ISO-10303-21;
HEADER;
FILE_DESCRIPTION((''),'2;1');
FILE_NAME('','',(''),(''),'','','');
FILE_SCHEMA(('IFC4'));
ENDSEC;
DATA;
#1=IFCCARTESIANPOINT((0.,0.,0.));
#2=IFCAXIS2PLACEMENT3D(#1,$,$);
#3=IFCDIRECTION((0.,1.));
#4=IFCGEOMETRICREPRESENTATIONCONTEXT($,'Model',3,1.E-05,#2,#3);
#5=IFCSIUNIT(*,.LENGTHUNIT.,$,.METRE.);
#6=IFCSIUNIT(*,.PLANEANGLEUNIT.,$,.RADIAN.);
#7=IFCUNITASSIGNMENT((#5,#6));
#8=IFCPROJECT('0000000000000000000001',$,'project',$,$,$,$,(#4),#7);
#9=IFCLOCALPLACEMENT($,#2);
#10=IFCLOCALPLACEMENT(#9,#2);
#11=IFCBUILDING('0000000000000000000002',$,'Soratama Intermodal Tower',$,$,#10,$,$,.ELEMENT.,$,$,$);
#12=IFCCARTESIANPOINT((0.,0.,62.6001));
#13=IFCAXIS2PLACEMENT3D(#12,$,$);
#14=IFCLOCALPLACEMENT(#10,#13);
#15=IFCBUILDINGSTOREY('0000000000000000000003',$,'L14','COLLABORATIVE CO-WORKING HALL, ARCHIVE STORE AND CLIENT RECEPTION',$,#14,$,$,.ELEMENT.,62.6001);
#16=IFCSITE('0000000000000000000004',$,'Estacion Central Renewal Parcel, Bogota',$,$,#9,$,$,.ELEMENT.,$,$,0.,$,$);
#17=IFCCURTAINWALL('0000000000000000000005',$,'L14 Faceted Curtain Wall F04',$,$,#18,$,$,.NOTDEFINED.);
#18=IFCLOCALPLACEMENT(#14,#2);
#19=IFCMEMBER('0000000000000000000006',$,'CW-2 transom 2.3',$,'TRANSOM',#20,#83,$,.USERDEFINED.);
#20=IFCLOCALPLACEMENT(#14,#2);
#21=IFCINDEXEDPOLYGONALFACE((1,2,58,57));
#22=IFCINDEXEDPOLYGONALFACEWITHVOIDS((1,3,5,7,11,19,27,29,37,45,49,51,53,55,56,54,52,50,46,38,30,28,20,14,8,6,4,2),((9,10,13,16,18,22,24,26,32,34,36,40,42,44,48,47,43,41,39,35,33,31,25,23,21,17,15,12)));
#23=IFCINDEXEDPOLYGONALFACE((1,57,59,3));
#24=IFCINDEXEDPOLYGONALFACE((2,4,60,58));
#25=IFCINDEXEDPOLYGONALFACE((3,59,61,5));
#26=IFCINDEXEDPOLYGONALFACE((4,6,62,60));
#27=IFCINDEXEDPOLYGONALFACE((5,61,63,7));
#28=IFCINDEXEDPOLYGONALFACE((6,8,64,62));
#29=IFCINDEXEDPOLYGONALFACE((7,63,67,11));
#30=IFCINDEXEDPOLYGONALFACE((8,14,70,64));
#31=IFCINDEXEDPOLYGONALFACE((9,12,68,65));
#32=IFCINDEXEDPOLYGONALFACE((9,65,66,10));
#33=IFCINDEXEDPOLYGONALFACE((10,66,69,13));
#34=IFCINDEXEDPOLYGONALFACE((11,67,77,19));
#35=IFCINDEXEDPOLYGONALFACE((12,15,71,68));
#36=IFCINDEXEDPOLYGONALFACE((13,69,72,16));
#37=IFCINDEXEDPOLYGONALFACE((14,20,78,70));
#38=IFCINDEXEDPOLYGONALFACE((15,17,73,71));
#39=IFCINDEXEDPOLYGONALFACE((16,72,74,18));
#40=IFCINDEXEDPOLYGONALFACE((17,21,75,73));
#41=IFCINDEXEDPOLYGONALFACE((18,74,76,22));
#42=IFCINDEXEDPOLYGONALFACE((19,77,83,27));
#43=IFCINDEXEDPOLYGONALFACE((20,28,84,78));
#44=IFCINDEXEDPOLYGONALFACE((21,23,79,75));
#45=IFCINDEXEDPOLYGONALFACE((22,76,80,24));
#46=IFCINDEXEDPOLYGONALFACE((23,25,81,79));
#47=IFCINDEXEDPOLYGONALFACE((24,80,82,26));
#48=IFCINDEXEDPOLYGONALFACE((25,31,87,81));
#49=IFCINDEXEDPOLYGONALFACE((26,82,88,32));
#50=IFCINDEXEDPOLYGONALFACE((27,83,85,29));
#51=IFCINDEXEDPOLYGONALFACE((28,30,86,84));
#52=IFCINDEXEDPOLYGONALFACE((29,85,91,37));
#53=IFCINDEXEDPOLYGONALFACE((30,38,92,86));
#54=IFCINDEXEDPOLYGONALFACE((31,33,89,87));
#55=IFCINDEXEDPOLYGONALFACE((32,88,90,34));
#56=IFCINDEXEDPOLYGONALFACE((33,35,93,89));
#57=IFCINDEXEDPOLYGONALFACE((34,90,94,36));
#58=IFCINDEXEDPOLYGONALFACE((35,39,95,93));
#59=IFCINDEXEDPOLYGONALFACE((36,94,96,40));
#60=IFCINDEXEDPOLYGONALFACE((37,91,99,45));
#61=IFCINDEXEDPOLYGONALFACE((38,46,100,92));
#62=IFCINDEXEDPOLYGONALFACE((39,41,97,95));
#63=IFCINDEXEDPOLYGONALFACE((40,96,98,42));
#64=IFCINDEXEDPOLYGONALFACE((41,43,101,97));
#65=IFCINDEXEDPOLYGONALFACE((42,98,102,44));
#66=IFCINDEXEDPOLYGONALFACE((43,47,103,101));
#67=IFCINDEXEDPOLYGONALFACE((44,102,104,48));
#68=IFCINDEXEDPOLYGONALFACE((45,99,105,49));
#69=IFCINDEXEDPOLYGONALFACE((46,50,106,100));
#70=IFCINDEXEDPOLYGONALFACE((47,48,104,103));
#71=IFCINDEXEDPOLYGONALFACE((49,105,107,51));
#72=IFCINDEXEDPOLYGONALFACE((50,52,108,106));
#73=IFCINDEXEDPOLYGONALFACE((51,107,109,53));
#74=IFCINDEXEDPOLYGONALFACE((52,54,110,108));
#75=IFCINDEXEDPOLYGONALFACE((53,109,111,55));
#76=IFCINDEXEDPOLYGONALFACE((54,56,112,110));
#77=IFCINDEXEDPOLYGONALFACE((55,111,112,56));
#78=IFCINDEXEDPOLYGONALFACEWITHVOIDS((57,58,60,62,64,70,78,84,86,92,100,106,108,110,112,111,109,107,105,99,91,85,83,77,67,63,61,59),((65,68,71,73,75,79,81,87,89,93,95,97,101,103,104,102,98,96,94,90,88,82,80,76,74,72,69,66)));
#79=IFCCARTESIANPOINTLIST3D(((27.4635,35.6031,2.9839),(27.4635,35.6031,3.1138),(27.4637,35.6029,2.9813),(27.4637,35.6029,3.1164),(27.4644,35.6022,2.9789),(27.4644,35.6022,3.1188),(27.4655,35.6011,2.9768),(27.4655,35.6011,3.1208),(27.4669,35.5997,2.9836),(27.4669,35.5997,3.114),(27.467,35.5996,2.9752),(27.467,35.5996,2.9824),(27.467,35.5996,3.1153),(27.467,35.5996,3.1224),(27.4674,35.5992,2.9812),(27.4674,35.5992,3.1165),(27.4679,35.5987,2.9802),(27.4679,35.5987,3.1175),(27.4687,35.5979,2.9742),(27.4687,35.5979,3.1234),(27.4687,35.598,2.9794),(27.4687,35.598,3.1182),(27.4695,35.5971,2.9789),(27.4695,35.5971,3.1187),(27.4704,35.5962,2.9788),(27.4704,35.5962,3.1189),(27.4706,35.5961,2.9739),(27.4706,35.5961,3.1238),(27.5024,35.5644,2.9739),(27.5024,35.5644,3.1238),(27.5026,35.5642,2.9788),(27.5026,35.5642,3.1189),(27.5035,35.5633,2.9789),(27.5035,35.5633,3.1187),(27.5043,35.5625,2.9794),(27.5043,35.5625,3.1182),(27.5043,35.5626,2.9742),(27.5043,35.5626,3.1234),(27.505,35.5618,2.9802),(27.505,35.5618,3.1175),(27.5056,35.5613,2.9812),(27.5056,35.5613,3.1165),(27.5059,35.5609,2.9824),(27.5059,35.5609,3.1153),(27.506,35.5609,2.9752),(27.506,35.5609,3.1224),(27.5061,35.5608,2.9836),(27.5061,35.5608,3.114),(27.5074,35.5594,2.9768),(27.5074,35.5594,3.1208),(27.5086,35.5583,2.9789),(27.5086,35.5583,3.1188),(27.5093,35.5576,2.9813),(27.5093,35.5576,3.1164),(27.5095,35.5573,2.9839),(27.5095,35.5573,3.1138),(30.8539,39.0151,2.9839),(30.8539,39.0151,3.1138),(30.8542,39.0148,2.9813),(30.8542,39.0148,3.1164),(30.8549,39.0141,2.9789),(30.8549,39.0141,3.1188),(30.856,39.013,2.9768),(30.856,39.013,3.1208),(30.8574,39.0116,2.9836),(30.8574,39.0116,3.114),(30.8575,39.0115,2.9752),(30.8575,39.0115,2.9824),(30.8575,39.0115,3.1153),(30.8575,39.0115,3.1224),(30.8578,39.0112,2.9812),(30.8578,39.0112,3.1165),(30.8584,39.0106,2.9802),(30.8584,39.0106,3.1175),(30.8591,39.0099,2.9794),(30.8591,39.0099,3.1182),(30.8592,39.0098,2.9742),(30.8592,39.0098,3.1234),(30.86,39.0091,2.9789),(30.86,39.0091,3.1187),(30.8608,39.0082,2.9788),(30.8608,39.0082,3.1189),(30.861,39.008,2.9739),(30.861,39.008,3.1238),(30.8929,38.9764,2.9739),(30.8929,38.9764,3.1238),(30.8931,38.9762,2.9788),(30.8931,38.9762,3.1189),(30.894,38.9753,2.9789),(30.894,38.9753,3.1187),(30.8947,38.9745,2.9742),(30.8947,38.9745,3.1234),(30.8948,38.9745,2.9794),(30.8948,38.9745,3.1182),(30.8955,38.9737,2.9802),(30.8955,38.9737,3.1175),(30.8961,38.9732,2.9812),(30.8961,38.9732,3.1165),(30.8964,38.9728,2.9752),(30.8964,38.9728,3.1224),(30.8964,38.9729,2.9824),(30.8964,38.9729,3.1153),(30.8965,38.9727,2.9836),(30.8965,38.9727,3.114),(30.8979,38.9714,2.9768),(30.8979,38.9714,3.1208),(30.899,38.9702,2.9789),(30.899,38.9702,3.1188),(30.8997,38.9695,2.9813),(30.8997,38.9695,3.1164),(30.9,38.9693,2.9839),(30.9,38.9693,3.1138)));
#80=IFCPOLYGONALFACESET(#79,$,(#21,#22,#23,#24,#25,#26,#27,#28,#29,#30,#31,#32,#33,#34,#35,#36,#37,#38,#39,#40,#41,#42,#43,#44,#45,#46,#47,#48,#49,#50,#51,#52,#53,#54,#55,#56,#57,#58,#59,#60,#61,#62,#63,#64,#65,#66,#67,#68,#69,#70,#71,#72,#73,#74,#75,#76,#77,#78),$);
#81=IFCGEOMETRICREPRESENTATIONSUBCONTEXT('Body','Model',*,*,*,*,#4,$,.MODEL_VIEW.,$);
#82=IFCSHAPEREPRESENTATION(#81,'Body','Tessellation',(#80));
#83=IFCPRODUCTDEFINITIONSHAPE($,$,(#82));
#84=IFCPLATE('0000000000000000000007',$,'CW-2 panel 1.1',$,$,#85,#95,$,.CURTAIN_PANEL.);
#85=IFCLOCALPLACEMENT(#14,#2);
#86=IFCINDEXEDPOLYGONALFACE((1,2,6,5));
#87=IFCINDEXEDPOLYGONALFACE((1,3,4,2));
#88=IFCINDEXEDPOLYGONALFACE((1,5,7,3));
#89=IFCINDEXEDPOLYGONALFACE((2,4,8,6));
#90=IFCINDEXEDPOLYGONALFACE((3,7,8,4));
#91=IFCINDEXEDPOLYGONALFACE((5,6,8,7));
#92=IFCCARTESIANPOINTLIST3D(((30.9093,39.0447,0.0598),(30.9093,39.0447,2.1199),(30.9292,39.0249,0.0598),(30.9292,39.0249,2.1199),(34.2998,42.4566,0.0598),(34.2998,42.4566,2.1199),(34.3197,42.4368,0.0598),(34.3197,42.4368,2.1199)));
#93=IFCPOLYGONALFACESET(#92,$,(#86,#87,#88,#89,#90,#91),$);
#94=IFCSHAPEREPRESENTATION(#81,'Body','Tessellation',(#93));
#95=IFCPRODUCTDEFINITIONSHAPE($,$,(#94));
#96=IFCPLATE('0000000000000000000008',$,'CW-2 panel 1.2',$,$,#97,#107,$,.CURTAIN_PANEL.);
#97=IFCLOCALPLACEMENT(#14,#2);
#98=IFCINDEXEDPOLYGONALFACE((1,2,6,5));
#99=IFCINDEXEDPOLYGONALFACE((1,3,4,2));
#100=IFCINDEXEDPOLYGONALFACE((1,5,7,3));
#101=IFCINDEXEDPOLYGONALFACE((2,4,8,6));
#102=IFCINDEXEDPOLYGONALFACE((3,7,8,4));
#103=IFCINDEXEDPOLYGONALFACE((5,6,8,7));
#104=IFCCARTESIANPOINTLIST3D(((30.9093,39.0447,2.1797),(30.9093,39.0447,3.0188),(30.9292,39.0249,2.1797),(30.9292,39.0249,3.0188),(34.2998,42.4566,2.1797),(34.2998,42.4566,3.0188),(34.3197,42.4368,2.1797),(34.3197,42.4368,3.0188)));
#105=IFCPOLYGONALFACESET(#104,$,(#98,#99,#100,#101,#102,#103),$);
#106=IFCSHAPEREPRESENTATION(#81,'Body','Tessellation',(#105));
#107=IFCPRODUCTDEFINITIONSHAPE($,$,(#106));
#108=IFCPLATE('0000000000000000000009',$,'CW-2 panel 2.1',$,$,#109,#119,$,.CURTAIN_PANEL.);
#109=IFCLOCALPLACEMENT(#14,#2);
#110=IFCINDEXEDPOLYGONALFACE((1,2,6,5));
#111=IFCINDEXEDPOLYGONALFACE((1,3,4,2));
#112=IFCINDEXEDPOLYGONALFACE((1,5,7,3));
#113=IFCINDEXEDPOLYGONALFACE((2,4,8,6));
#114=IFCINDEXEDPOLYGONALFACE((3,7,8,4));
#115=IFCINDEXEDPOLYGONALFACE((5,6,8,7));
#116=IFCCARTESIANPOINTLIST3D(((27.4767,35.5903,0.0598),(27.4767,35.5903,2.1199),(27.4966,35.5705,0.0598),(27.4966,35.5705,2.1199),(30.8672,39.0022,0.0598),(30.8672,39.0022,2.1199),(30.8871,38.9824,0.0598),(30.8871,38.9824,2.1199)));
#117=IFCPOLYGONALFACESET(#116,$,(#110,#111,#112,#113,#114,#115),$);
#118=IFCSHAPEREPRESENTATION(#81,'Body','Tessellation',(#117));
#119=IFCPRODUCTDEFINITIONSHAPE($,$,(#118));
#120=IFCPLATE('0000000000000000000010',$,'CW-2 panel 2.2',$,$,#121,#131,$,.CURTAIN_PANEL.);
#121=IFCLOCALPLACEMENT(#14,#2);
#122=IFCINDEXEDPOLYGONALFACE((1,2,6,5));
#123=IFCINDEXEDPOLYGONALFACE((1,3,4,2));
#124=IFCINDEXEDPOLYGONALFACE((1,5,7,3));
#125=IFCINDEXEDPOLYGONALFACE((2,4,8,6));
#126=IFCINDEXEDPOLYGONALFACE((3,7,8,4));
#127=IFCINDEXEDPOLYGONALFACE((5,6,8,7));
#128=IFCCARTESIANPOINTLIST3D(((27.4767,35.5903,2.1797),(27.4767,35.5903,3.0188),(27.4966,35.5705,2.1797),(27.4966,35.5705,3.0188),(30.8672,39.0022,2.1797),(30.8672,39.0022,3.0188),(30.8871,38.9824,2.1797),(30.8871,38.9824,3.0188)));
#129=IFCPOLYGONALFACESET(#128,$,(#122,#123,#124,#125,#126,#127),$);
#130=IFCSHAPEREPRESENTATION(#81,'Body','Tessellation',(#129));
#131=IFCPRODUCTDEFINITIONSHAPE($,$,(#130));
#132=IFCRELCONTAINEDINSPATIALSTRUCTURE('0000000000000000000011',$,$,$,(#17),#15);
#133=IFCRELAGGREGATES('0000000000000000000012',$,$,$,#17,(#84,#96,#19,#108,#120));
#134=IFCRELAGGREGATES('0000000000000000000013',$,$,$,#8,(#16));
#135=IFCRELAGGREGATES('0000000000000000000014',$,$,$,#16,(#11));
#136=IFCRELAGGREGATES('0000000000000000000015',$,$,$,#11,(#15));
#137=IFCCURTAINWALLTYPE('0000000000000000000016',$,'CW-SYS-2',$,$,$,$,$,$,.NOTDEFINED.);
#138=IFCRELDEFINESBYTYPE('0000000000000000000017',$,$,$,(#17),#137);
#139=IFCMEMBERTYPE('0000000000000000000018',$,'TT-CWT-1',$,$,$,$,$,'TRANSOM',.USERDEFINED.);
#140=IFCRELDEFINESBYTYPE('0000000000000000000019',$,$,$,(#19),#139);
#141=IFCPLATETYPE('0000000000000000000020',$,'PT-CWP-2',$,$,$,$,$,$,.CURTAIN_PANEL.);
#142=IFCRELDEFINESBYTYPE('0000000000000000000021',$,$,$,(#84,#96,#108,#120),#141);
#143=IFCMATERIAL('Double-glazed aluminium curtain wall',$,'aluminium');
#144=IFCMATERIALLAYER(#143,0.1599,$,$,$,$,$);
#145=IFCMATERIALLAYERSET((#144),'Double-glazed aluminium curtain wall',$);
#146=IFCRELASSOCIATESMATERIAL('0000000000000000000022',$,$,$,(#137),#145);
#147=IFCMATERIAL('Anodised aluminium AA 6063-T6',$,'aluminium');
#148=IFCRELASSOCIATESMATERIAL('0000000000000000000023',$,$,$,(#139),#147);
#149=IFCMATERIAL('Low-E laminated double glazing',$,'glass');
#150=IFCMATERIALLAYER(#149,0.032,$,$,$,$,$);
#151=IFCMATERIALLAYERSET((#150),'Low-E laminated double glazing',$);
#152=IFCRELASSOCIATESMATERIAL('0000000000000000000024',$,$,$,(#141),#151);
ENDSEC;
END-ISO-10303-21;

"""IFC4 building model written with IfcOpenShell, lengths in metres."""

from ifc_helpers import new_model, si_unit, direction, frame, origin, origin_2d, place, context, subcontext, project, spatial, rectangle, hollow_rectangle, extrude, material, layer, layer_set, material_profile, profile_set, type_object, element, aggregate, save


model = new_model("IFC4")

# Units and contexts
model_context = context("Model", 3, precision=1e-05, world=origin(), true_north=direction((0.0, 1.0)))
body_context = subcontext(model_context, "Body", "Model", "MODEL_VIEW")
ifc_project = project(units=[si_unit("LENGTHUNIT", "METRE"), si_unit("PLANEANGLEUNIT", "RADIAN")], contexts=[model_context])

# Site, building, storey
site_placement = place(None, origin())
site = spatial("IfcSite", under=ifc_project, at=site_placement, Name="Estacion Central Renewal Parcel, Bogota", CompositionType="ELEMENT", RefElevation=0.0)
building_placement = place(site_placement, origin())
building = spatial("IfcBuilding", under=site, at=building_placement, Name="Soratama Intermodal Tower", CompositionType="ELEMENT")
storey_placement = place(building_placement, frame((0.0, 0.0, 62.6001)))
storey = spatial("IfcBuildingStorey", under=building, at=storey_placement, Name="L14", Description="COLLABORATIVE CO-WORKING HALL, ARCHIVE STORE AND CLIENT RECEPTION", CompositionType="ELEMENT", Elevation=62.6001)

# Curtain wall, member, plates
ifc_material_1 = material(Name="Double-glazed aluminium curtain wall", Category="aluminium")
ifc_layer_1 = layer(ifc_material_1, 0.1599)
ifc_layer_set_1 = layer_set([ifc_layer_1], Name="Double-glazed aluminium curtain wall")
curtain_wall_type = type_object("IfcCurtainWallType", Name="CW-SYS-2", PredefinedType="NOTDEFINED", material=ifc_layer_set_1)
curtain_wall_placement = place(storey_placement, origin())
curtain_wall = element("IfcCurtainWall", 1, at=curtain_wall_placement, inside=storey, type_object=curtain_wall_type, Name="L14 Faceted Curtain Wall F04", PredefinedType="NOTDEFINED")
ifc_material_2 = material(Name="Anodised aluminium AA 6063-T6", Category="aluminium")
ifc_material_profile_1 = material_profile(ifc_material_2, hollow_rectangle(XDim=0.0649, YDim=0.1499, WallThickness=0.0049, InnerFilletRadius=0.0049, OuterFilletRadius=0.01, at=origin_2d()), Name="CWT150X65X5")
ifc_profile_set_1 = profile_set([ifc_material_profile_1], Name="Anodised aluminium AA 6063-T6")
member_type_1 = type_object("IfcMemberType", Name="TT-CWT-1", ElementType="TRANSOM", PredefinedType="USERDEFINED", material=ifc_profile_set_1)
member_1_placement = place(storey_placement, frame((30.877, 38.9922, 3.0488), z_axis=(-0.70487, -0.709337, 0.0), x_axis=(0.709337, -0.70487, 0.0)))
member_1 = element("IfcMember", 2, at=member_1_placement, type_object=member_type_1, Name="CW-2 transom 2.3", ObjectType="TRANSOM", PredefinedType="USERDEFINED", context=body_context, shape_type="SweptSolid", body=[
    extrude(hollow_rectangle(XDim=0.0649, YDim=0.1499, WallThickness=0.0049, InnerFilletRadius=0.0049, OuterFilletRadius=0.01, at=origin_2d()), origin(), (0.0, 0.0, 1.0), 4.8101),
])
ifc_material_3 = material(Name="Low-E laminated double glazing", Category="glass")
ifc_layer_2 = layer(ifc_material_3, 0.032)
ifc_layer_set_2 = layer_set([ifc_layer_2], Name="Low-E laminated double glazing")
plate_type = type_object("IfcPlateType", Name="PT-CWP-2", PredefinedType="CURTAIN_PANEL", material=ifc_layer_set_2)
plate_1_placement = place(storey_placement, frame((32.6145, 40.7407, 0.0598), z_axis=(0.0, 0.0, 1.0), x_axis=(-0.704879, -0.709328, 0.0)))
plate_1 = element("IfcPlate", 3, at=plate_1_placement, type_object=plate_type, Name="CW-2 panel 1.1", PredefinedType="CURTAIN_PANEL", context=body_context, shape_type="SweptSolid", body=[
    extrude(rectangle(XDim=4.8101, YDim=0.0281, at=origin_2d()), origin(), (0.0, 0.0, 1.0), 2.0601),
])
plate_2_placement = place(storey_placement, frame((32.6145, 40.7407, 2.1797), z_axis=(0.0, 0.0, 1.0), x_axis=(-0.704879, -0.709328, 0.0)))
plate_2 = element("IfcPlate", 4, at=plate_2_placement, type_object=plate_type, Name="CW-2 panel 1.2", PredefinedType="CURTAIN_PANEL", context=body_context, shape_type="SweptSolid", body=[
    extrude(rectangle(XDim=4.8101, YDim=0.0281, at=origin_2d()), origin(), (0.0, 0.0, 1.0), 0.8391),
])
plate_3_placement = place(storey_placement, frame((29.1819, 37.2864, 0.0598), z_axis=(0.0, 0.0, 1.0), x_axis=(-0.704879, -0.709328, 0.0)))
plate_3 = element("IfcPlate", 5, at=plate_3_placement, type_object=plate_type, Name="CW-2 panel 2.1", PredefinedType="CURTAIN_PANEL", context=body_context, shape_type="SweptSolid", body=[
    extrude(rectangle(XDim=4.8101, YDim=0.0281, at=origin_2d()), origin(), (0.0, 0.0, 1.0), 2.0601),
])
plate_4_placement = place(storey_placement, frame((29.1819, 37.2864, 2.1797), z_axis=(0.0, 0.0, 1.0), x_axis=(-0.704879, -0.709328, 0.0)))
plate_4 = element("IfcPlate", 6, at=plate_4_placement, type_object=plate_type, Name="CW-2 panel 2.2", PredefinedType="CURTAIN_PANEL", context=body_context, shape_type="SweptSolid", body=[
    extrude(rectangle(XDim=4.8101, YDim=0.0281, at=origin_2d()), origin(), (0.0, 0.0, 1.0), 0.8391),
])
aggregate(curtain_wall, [plate_1, plate_2, member_1, plate_3, plate_4])

save(model, "model.ifc")
